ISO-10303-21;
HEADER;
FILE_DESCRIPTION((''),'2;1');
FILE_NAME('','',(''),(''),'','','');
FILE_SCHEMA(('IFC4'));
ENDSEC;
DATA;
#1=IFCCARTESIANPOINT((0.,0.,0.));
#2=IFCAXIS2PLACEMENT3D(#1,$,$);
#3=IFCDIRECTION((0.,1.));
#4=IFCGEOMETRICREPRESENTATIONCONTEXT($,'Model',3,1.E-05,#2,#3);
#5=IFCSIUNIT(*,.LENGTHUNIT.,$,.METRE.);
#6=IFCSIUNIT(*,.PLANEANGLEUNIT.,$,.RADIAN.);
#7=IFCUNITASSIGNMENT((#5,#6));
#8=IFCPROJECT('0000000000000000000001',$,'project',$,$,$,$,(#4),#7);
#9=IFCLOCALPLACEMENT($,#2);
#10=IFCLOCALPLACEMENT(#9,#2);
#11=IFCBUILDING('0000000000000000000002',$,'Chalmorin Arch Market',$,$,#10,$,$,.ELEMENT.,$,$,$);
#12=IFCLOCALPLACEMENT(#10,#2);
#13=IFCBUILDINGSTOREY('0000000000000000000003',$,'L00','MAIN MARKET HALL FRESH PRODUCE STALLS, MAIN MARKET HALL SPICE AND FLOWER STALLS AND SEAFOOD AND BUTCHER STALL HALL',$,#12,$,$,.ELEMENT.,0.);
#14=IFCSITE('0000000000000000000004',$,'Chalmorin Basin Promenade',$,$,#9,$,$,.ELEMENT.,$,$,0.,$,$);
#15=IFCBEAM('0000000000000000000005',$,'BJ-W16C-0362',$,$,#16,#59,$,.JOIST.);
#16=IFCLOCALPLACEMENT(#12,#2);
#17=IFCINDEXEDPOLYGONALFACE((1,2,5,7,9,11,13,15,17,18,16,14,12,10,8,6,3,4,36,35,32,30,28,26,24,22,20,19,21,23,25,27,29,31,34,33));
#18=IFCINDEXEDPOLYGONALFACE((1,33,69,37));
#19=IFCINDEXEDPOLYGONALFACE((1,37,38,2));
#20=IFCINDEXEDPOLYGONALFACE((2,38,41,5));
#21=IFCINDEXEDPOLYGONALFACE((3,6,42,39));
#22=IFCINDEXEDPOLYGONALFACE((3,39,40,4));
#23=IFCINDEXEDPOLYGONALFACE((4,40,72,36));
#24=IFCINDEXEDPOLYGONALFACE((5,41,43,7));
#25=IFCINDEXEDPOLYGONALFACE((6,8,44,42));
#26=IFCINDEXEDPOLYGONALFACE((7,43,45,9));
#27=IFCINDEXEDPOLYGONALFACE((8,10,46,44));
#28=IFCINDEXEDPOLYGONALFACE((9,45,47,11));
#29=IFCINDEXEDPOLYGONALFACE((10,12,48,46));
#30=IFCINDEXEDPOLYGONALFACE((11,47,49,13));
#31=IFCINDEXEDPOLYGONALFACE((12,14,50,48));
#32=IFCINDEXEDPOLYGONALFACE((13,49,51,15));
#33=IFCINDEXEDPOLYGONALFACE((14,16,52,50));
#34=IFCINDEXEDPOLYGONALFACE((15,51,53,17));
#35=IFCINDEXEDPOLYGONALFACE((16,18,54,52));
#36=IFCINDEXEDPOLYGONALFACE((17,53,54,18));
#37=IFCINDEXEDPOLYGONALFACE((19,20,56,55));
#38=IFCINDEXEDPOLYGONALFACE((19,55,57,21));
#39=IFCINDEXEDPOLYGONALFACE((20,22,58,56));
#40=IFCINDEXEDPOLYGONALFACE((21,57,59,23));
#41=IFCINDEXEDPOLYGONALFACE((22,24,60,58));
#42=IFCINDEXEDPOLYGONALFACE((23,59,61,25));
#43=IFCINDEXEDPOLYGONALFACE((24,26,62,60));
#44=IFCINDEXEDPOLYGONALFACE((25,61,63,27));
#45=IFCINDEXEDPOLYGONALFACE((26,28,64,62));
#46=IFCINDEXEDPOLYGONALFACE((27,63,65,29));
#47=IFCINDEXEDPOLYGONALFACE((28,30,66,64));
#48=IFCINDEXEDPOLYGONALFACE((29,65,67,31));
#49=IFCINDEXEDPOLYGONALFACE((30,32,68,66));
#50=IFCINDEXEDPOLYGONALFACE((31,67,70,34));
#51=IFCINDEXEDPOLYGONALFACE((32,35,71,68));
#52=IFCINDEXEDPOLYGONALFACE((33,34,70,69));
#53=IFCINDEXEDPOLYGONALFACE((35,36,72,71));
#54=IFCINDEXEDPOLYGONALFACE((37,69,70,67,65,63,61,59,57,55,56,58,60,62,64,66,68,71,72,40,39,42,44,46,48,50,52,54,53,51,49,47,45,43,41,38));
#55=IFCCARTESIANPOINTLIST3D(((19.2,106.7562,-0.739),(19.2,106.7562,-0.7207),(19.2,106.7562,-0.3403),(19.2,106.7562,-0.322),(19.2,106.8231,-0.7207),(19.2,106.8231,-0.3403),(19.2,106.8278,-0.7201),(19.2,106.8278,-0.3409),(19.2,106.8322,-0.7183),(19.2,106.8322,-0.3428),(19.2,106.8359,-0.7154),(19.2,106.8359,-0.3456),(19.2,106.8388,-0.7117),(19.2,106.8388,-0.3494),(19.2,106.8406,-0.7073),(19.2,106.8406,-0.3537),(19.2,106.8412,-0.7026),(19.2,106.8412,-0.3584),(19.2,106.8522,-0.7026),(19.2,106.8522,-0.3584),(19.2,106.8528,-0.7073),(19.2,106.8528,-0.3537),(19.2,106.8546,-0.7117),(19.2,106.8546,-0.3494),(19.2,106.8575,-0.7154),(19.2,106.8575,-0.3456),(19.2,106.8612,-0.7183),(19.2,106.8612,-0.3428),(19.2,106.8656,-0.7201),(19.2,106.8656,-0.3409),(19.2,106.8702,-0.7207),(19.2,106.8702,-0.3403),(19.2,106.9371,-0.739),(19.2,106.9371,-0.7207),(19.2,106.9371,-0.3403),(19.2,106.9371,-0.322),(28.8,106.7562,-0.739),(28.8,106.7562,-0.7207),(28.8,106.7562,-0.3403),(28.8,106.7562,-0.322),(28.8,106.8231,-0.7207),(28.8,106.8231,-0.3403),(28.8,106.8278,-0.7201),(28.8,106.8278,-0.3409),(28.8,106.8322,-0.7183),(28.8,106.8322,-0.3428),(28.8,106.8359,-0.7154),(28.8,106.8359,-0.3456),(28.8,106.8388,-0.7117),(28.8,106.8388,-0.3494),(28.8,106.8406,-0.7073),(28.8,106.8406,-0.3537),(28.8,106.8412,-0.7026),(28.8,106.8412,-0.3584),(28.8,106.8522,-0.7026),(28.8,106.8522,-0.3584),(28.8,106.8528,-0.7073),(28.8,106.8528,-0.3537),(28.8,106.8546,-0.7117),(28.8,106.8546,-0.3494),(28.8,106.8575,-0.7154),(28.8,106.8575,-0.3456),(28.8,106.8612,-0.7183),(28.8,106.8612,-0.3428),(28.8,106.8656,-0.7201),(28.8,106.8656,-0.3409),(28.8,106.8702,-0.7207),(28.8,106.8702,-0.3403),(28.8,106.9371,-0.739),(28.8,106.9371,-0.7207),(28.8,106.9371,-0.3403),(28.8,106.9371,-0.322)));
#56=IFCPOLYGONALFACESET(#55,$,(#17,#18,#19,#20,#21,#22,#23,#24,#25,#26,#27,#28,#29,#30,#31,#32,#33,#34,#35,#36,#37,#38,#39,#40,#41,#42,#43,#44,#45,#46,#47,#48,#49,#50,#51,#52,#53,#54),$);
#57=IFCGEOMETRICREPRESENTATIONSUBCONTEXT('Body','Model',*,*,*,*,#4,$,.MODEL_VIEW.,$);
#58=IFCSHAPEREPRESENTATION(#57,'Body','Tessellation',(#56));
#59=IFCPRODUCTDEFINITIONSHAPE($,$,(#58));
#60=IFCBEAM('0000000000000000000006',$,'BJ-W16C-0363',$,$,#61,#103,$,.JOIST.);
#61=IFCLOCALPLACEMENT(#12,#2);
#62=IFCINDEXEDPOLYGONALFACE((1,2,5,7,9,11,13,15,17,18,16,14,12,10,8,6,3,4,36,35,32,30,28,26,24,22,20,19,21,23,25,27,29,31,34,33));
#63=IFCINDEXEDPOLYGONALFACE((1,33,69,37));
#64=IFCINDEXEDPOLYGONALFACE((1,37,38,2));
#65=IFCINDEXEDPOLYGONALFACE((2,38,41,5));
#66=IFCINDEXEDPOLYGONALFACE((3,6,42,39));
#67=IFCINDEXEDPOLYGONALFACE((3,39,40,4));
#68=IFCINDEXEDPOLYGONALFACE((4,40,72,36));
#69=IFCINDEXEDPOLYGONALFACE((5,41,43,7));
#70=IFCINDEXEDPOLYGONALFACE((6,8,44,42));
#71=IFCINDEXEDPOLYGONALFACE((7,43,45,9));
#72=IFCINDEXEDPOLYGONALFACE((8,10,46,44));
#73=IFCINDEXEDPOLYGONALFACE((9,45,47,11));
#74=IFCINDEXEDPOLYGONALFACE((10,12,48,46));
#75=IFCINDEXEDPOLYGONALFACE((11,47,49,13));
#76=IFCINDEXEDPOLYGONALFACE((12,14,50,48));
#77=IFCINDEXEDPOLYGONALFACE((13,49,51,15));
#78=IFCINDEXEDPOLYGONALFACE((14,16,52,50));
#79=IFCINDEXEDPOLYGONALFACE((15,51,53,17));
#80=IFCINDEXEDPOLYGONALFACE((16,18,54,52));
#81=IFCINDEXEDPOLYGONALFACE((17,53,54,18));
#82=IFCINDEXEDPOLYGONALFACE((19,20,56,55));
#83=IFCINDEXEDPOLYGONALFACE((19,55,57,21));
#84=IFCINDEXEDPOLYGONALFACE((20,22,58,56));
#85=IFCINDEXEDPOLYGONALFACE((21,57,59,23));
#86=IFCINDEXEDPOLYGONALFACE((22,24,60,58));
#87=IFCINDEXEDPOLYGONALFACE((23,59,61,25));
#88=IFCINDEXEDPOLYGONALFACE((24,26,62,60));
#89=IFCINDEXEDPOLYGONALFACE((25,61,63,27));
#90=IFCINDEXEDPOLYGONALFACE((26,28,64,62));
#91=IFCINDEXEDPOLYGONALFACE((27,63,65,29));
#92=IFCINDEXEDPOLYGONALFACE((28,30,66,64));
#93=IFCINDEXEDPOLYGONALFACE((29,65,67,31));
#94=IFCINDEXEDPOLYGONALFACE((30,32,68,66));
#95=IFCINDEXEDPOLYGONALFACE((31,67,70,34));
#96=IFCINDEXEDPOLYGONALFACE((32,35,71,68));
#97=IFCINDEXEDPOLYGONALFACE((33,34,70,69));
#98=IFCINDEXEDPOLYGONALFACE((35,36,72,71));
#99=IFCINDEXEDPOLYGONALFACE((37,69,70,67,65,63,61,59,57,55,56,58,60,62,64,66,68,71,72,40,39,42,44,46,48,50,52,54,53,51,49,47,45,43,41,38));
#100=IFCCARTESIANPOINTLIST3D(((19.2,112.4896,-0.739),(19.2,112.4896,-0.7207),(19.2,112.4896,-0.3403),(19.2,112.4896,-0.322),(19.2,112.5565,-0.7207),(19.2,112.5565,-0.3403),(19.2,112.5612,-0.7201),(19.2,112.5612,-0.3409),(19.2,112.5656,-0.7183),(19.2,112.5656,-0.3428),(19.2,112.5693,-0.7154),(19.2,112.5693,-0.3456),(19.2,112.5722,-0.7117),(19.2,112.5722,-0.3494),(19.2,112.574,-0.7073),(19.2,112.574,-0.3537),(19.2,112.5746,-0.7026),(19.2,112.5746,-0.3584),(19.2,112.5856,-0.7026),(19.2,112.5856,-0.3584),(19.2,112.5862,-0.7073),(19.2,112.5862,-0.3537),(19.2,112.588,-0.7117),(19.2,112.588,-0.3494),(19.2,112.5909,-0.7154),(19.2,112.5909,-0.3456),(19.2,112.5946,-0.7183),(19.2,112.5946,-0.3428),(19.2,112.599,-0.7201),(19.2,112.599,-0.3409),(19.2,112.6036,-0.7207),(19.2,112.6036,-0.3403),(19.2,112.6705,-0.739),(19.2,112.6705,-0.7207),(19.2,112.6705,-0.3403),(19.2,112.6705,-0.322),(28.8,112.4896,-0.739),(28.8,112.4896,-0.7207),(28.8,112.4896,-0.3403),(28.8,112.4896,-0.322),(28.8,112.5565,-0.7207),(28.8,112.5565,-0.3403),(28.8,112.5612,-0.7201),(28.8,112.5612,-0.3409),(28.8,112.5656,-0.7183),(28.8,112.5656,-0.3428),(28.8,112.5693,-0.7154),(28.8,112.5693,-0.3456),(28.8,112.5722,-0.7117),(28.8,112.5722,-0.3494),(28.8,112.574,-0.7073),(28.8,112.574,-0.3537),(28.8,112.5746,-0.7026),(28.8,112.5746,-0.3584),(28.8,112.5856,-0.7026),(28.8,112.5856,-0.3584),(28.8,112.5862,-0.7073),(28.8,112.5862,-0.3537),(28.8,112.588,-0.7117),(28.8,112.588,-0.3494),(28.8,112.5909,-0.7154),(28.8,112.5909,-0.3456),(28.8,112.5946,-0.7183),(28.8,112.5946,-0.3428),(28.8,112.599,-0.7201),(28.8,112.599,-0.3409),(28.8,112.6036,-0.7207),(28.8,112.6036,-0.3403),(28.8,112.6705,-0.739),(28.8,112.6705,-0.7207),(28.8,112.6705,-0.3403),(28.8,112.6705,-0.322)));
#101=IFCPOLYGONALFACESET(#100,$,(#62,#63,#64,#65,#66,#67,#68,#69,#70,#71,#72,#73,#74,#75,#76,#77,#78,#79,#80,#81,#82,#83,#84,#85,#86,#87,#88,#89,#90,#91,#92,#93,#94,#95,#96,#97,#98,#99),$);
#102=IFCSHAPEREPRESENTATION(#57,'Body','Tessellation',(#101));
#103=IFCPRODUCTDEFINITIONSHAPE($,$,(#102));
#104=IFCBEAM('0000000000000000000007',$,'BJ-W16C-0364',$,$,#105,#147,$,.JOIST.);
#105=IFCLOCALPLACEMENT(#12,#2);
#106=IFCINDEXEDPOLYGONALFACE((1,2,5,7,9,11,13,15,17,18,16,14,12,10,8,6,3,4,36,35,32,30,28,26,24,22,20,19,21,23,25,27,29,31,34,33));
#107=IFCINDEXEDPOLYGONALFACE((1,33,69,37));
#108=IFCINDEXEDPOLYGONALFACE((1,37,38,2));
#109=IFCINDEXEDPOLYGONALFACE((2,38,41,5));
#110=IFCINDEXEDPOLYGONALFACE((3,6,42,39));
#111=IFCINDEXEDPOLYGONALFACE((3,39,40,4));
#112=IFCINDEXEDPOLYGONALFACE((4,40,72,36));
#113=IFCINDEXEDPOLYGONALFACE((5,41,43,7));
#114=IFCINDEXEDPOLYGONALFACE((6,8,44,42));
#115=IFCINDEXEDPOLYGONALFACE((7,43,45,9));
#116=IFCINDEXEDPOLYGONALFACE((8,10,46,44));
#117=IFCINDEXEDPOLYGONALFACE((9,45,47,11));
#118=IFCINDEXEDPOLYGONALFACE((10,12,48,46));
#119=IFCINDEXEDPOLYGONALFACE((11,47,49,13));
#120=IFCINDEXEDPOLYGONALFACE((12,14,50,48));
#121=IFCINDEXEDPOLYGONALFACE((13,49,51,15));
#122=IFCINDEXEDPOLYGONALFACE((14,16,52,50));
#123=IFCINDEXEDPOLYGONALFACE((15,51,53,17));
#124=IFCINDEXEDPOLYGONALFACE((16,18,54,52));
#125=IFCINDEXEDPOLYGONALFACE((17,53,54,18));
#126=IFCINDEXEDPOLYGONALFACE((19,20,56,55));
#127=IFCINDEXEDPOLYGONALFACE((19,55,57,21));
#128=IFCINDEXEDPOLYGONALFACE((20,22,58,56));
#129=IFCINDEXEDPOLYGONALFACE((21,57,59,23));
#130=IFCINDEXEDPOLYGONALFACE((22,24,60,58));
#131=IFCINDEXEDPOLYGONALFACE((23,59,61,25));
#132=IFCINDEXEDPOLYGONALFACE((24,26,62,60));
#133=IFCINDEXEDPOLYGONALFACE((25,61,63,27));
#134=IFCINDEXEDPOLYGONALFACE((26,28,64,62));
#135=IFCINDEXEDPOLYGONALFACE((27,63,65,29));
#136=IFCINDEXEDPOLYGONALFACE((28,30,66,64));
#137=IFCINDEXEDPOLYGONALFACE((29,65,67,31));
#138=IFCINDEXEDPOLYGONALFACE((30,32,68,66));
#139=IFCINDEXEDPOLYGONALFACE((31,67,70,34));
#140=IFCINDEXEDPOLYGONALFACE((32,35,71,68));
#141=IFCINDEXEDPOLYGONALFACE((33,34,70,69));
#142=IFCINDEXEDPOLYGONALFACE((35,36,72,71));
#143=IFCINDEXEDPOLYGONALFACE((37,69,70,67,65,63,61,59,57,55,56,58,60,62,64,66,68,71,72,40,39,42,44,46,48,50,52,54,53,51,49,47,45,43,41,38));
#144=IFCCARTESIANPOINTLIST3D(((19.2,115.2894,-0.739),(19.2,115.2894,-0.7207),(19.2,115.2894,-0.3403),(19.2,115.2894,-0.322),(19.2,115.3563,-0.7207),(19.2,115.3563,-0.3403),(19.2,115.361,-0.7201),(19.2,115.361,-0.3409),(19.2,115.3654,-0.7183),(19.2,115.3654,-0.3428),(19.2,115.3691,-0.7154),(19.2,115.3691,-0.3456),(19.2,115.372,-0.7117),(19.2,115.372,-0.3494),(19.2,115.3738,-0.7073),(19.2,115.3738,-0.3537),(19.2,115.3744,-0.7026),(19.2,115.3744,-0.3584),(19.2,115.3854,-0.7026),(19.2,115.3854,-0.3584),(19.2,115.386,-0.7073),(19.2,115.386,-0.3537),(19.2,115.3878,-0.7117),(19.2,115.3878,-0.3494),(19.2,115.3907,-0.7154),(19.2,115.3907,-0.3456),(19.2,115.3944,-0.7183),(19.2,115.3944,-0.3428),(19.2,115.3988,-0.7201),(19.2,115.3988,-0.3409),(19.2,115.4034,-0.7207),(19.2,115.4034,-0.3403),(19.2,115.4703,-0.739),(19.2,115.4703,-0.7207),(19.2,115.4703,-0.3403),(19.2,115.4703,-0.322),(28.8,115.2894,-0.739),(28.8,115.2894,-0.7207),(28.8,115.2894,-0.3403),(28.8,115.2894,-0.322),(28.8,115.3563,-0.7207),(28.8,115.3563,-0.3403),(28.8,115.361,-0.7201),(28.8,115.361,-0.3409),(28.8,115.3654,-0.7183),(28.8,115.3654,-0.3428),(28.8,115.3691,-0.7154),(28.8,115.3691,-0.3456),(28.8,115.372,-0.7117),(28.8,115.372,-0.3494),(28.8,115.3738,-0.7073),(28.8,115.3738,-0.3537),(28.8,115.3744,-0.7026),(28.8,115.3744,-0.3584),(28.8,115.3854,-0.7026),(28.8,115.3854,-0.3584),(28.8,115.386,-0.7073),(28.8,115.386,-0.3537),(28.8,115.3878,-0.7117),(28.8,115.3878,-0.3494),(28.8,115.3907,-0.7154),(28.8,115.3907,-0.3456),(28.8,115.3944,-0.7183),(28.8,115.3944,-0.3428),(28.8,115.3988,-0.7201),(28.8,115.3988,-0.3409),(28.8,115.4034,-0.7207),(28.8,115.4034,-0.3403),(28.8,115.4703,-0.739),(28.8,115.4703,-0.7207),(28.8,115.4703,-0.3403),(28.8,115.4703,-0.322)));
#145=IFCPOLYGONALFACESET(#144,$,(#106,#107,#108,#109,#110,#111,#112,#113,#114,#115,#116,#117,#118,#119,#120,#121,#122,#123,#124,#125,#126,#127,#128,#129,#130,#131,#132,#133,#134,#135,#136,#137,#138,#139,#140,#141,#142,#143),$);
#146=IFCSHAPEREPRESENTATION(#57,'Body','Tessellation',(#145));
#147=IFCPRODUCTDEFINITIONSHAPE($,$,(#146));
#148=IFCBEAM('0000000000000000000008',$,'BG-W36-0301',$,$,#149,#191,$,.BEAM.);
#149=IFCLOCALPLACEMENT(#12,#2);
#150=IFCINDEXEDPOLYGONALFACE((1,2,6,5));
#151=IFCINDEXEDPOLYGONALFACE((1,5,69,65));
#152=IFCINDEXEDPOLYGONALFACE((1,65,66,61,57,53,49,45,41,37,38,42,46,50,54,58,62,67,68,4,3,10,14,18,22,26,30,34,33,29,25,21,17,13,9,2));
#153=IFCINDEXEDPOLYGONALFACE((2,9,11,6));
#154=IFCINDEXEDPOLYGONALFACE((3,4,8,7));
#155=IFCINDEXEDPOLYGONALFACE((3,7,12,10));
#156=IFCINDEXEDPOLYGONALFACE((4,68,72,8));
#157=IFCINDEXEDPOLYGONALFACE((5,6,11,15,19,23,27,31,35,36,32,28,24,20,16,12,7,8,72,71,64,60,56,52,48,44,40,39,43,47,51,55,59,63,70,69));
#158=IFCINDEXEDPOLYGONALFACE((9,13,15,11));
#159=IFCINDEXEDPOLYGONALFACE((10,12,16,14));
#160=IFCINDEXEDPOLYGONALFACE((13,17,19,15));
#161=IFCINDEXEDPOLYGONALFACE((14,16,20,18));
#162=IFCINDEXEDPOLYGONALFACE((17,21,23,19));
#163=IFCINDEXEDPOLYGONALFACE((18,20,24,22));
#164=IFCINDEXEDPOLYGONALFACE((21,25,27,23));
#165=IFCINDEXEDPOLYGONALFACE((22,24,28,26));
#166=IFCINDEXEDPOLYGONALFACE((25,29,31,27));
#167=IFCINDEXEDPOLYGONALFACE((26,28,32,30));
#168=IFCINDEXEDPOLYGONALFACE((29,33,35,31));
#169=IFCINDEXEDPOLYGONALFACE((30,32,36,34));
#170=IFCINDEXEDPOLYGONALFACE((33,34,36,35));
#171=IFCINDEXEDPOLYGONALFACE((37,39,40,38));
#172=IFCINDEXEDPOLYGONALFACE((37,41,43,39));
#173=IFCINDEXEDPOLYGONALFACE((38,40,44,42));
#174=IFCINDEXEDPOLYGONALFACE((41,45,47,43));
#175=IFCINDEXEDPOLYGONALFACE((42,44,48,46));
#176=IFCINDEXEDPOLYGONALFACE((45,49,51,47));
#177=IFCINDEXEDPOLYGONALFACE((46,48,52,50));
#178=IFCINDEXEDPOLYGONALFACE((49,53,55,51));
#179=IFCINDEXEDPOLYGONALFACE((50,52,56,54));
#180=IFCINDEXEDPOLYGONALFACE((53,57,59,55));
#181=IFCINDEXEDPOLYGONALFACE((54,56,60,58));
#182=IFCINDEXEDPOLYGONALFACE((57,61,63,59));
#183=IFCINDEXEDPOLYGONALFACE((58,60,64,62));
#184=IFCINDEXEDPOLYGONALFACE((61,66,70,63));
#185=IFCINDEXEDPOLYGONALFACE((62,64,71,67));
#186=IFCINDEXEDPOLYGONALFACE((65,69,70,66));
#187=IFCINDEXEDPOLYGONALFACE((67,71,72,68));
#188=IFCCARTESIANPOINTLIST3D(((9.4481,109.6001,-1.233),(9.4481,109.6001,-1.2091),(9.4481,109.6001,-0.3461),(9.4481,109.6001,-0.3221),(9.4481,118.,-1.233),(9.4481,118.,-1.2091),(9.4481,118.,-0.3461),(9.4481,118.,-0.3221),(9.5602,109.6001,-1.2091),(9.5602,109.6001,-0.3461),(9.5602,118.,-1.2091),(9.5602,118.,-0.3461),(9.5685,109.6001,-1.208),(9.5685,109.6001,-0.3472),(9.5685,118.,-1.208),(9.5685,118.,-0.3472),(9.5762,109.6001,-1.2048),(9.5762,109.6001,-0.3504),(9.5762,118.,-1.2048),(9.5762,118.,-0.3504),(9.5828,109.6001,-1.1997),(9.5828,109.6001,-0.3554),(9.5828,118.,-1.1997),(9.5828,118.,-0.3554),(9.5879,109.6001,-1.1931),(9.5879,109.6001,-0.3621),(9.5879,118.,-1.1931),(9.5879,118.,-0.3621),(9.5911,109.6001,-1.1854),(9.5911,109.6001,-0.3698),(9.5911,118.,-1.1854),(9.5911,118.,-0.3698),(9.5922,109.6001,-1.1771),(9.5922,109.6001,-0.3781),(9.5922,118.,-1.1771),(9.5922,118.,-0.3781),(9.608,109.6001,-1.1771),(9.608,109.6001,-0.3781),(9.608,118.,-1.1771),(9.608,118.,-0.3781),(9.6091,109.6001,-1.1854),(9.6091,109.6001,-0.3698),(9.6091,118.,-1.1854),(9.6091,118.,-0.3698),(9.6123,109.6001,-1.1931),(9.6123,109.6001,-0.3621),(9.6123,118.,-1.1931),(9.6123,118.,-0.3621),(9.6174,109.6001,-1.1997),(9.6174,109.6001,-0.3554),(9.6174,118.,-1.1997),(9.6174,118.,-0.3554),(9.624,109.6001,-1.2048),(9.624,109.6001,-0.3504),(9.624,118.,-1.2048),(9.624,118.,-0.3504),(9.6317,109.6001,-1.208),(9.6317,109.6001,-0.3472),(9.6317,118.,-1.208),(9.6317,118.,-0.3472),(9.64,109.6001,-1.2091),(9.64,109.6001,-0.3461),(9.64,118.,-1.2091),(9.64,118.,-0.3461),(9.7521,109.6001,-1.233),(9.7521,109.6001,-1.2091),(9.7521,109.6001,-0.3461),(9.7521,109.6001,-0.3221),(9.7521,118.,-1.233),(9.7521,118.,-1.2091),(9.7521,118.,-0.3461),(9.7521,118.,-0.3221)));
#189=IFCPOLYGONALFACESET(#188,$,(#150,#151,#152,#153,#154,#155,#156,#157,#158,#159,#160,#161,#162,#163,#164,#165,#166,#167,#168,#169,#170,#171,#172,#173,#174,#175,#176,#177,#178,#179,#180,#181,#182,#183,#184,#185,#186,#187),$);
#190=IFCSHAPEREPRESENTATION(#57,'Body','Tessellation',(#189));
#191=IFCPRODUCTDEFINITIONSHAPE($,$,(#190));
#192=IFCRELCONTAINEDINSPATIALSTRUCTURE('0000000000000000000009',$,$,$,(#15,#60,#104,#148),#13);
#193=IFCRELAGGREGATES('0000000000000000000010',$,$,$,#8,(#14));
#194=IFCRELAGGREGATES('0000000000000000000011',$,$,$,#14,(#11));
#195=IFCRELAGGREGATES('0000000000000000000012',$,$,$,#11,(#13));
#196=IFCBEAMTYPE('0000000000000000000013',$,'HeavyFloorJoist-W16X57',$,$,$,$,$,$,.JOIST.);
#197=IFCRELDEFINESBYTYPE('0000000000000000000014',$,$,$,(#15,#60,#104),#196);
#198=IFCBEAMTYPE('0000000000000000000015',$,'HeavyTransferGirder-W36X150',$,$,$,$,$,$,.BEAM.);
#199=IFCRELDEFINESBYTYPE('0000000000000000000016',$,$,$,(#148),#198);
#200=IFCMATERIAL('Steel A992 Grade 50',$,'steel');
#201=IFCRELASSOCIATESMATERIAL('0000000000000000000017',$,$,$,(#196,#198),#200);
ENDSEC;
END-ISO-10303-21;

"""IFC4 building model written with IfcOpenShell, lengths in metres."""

from ifc_helpers import new_model, si_unit, direction, frame, origin, origin_2d, place, context, subcontext, project, spatial, i_section, extrude, material, material_profile, profile_set, type_object, element, save


model = new_model("IFC4")

# Units and contexts
model_context = context("Model", 3, precision=1e-05, world=origin(), true_north=direction((0.0, 1.0)))
body_context = subcontext(model_context, "Body", "Model", "MODEL_VIEW")
ifc_project = project(units=[si_unit("LENGTHUNIT", "METRE"), si_unit("PLANEANGLEUNIT", "RADIAN")], contexts=[model_context])

# Site, building, storey
site_placement = place(None, origin())
site = spatial("IfcSite", under=ifc_project, at=site_placement, Name="Chalmorin Basin Promenade", CompositionType="ELEMENT", RefElevation=0.0)
building_placement = place(site_placement, origin())
building = spatial("IfcBuilding", under=site, at=building_placement, Name="Chalmorin Arch Market", CompositionType="ELEMENT")
storey_placement = place(building_placement, origin())
storey = spatial("IfcBuildingStorey", under=building, at=storey_placement, Name="L00", Description="MAIN MARKET HALL FRESH PRODUCE STALLS, MAIN MARKET HALL SPICE AND FLOWER STALLS AND SEAFOOD AND BUTCHER STALL HALL", CompositionType="ELEMENT", Elevation=0.0)

# Beams
ifc_material_1 = material(Name="Steel A992 Grade 50", Category="steel")
ifc_material_profile_1 = material_profile(ifc_material_1, i_section(OverallWidth=0.1809, OverallDepth=0.417, WebThickness=0.011, FlangeThickness=0.0183, FilletRadius=0.0181, at=origin_2d()), Name="W16X57")
ifc_profile_set_1 = profile_set([ifc_material_profile_1], Name="Steel A992 Grade 50")
beam_type_1 = type_object("IfcBeamType", Name="HeavyFloorJoist-W16X57", PredefinedType="JOIST", material=ifc_profile_set_1)
for number, where, z_axis, x_axis, name in (
    (1, (19.2, 106.8467, -0.5305), (1.0, 0.0, 0.0), (0.0, 1.0, 0.0), "BJ-W16C-0362"),
    (2, (19.2, 112.5801, -0.5305), (1.0, 0.0, 0.0), (0.0, 1.0, 0.0), "BJ-W16C-0363"),
    (3, (19.2, 115.3799, -0.5305), (1.0, 0.0, 0.0), (0.0, 1.0, 0.0), "BJ-W16C-0364"),
):
    element("IfcBeam", number, at=place(storey_placement, frame(where, z_axis=z_axis, x_axis=x_axis)), inside=storey, type_object=beam_type_1, Name=name, PredefinedType="JOIST", context=body_context, shape_type="SweptSolid", body=[
        extrude(i_section(OverallWidth=0.1809, OverallDepth=0.417, WebThickness=0.011, FlangeThickness=0.0183, FilletRadius=0.0181, at=origin_2d()), origin(), (0.0, 0.0, 1.0), 9.6001),
    ])
ifc_material_profile_2 = material_profile(ifc_material_1, i_section(OverallWidth=0.304, OverallDepth=0.9109, WebThickness=0.0159, FlangeThickness=0.0239, FilletRadius=0.032, at=origin_2d()), Name="W36X150")
ifc_profile_set_2 = profile_set([ifc_material_profile_2], Name="Steel A992 Grade 50")
beam_type_2 = type_object("IfcBeamType", Name="HeavyTransferGirder-W36X150", PredefinedType="BEAM", material=ifc_profile_set_2)
for number, where, z_axis, x_axis, name in (
    (4, (9.6001, 109.6001, -0.7776), (0.0, 1.0, 0.0), (-1.0, 0.0, 0.0), "BG-W36-0301"),
):
    element("IfcBeam", number, at=place(storey_placement, frame(where, z_axis=z_axis, x_axis=x_axis)), inside=storey, type_object=beam_type_2, Name=name, PredefinedType="BEAM", context=body_context, shape_type="SweptSolid", body=[
        extrude(i_section(OverallWidth=0.304, OverallDepth=0.9109, WebThickness=0.0159, FlangeThickness=0.0239, FilletRadius=0.032, at=origin_2d()), origin(), (0.0, 0.0, 1.0), 8.3999),
    ])

save(model, "model.ifc")
